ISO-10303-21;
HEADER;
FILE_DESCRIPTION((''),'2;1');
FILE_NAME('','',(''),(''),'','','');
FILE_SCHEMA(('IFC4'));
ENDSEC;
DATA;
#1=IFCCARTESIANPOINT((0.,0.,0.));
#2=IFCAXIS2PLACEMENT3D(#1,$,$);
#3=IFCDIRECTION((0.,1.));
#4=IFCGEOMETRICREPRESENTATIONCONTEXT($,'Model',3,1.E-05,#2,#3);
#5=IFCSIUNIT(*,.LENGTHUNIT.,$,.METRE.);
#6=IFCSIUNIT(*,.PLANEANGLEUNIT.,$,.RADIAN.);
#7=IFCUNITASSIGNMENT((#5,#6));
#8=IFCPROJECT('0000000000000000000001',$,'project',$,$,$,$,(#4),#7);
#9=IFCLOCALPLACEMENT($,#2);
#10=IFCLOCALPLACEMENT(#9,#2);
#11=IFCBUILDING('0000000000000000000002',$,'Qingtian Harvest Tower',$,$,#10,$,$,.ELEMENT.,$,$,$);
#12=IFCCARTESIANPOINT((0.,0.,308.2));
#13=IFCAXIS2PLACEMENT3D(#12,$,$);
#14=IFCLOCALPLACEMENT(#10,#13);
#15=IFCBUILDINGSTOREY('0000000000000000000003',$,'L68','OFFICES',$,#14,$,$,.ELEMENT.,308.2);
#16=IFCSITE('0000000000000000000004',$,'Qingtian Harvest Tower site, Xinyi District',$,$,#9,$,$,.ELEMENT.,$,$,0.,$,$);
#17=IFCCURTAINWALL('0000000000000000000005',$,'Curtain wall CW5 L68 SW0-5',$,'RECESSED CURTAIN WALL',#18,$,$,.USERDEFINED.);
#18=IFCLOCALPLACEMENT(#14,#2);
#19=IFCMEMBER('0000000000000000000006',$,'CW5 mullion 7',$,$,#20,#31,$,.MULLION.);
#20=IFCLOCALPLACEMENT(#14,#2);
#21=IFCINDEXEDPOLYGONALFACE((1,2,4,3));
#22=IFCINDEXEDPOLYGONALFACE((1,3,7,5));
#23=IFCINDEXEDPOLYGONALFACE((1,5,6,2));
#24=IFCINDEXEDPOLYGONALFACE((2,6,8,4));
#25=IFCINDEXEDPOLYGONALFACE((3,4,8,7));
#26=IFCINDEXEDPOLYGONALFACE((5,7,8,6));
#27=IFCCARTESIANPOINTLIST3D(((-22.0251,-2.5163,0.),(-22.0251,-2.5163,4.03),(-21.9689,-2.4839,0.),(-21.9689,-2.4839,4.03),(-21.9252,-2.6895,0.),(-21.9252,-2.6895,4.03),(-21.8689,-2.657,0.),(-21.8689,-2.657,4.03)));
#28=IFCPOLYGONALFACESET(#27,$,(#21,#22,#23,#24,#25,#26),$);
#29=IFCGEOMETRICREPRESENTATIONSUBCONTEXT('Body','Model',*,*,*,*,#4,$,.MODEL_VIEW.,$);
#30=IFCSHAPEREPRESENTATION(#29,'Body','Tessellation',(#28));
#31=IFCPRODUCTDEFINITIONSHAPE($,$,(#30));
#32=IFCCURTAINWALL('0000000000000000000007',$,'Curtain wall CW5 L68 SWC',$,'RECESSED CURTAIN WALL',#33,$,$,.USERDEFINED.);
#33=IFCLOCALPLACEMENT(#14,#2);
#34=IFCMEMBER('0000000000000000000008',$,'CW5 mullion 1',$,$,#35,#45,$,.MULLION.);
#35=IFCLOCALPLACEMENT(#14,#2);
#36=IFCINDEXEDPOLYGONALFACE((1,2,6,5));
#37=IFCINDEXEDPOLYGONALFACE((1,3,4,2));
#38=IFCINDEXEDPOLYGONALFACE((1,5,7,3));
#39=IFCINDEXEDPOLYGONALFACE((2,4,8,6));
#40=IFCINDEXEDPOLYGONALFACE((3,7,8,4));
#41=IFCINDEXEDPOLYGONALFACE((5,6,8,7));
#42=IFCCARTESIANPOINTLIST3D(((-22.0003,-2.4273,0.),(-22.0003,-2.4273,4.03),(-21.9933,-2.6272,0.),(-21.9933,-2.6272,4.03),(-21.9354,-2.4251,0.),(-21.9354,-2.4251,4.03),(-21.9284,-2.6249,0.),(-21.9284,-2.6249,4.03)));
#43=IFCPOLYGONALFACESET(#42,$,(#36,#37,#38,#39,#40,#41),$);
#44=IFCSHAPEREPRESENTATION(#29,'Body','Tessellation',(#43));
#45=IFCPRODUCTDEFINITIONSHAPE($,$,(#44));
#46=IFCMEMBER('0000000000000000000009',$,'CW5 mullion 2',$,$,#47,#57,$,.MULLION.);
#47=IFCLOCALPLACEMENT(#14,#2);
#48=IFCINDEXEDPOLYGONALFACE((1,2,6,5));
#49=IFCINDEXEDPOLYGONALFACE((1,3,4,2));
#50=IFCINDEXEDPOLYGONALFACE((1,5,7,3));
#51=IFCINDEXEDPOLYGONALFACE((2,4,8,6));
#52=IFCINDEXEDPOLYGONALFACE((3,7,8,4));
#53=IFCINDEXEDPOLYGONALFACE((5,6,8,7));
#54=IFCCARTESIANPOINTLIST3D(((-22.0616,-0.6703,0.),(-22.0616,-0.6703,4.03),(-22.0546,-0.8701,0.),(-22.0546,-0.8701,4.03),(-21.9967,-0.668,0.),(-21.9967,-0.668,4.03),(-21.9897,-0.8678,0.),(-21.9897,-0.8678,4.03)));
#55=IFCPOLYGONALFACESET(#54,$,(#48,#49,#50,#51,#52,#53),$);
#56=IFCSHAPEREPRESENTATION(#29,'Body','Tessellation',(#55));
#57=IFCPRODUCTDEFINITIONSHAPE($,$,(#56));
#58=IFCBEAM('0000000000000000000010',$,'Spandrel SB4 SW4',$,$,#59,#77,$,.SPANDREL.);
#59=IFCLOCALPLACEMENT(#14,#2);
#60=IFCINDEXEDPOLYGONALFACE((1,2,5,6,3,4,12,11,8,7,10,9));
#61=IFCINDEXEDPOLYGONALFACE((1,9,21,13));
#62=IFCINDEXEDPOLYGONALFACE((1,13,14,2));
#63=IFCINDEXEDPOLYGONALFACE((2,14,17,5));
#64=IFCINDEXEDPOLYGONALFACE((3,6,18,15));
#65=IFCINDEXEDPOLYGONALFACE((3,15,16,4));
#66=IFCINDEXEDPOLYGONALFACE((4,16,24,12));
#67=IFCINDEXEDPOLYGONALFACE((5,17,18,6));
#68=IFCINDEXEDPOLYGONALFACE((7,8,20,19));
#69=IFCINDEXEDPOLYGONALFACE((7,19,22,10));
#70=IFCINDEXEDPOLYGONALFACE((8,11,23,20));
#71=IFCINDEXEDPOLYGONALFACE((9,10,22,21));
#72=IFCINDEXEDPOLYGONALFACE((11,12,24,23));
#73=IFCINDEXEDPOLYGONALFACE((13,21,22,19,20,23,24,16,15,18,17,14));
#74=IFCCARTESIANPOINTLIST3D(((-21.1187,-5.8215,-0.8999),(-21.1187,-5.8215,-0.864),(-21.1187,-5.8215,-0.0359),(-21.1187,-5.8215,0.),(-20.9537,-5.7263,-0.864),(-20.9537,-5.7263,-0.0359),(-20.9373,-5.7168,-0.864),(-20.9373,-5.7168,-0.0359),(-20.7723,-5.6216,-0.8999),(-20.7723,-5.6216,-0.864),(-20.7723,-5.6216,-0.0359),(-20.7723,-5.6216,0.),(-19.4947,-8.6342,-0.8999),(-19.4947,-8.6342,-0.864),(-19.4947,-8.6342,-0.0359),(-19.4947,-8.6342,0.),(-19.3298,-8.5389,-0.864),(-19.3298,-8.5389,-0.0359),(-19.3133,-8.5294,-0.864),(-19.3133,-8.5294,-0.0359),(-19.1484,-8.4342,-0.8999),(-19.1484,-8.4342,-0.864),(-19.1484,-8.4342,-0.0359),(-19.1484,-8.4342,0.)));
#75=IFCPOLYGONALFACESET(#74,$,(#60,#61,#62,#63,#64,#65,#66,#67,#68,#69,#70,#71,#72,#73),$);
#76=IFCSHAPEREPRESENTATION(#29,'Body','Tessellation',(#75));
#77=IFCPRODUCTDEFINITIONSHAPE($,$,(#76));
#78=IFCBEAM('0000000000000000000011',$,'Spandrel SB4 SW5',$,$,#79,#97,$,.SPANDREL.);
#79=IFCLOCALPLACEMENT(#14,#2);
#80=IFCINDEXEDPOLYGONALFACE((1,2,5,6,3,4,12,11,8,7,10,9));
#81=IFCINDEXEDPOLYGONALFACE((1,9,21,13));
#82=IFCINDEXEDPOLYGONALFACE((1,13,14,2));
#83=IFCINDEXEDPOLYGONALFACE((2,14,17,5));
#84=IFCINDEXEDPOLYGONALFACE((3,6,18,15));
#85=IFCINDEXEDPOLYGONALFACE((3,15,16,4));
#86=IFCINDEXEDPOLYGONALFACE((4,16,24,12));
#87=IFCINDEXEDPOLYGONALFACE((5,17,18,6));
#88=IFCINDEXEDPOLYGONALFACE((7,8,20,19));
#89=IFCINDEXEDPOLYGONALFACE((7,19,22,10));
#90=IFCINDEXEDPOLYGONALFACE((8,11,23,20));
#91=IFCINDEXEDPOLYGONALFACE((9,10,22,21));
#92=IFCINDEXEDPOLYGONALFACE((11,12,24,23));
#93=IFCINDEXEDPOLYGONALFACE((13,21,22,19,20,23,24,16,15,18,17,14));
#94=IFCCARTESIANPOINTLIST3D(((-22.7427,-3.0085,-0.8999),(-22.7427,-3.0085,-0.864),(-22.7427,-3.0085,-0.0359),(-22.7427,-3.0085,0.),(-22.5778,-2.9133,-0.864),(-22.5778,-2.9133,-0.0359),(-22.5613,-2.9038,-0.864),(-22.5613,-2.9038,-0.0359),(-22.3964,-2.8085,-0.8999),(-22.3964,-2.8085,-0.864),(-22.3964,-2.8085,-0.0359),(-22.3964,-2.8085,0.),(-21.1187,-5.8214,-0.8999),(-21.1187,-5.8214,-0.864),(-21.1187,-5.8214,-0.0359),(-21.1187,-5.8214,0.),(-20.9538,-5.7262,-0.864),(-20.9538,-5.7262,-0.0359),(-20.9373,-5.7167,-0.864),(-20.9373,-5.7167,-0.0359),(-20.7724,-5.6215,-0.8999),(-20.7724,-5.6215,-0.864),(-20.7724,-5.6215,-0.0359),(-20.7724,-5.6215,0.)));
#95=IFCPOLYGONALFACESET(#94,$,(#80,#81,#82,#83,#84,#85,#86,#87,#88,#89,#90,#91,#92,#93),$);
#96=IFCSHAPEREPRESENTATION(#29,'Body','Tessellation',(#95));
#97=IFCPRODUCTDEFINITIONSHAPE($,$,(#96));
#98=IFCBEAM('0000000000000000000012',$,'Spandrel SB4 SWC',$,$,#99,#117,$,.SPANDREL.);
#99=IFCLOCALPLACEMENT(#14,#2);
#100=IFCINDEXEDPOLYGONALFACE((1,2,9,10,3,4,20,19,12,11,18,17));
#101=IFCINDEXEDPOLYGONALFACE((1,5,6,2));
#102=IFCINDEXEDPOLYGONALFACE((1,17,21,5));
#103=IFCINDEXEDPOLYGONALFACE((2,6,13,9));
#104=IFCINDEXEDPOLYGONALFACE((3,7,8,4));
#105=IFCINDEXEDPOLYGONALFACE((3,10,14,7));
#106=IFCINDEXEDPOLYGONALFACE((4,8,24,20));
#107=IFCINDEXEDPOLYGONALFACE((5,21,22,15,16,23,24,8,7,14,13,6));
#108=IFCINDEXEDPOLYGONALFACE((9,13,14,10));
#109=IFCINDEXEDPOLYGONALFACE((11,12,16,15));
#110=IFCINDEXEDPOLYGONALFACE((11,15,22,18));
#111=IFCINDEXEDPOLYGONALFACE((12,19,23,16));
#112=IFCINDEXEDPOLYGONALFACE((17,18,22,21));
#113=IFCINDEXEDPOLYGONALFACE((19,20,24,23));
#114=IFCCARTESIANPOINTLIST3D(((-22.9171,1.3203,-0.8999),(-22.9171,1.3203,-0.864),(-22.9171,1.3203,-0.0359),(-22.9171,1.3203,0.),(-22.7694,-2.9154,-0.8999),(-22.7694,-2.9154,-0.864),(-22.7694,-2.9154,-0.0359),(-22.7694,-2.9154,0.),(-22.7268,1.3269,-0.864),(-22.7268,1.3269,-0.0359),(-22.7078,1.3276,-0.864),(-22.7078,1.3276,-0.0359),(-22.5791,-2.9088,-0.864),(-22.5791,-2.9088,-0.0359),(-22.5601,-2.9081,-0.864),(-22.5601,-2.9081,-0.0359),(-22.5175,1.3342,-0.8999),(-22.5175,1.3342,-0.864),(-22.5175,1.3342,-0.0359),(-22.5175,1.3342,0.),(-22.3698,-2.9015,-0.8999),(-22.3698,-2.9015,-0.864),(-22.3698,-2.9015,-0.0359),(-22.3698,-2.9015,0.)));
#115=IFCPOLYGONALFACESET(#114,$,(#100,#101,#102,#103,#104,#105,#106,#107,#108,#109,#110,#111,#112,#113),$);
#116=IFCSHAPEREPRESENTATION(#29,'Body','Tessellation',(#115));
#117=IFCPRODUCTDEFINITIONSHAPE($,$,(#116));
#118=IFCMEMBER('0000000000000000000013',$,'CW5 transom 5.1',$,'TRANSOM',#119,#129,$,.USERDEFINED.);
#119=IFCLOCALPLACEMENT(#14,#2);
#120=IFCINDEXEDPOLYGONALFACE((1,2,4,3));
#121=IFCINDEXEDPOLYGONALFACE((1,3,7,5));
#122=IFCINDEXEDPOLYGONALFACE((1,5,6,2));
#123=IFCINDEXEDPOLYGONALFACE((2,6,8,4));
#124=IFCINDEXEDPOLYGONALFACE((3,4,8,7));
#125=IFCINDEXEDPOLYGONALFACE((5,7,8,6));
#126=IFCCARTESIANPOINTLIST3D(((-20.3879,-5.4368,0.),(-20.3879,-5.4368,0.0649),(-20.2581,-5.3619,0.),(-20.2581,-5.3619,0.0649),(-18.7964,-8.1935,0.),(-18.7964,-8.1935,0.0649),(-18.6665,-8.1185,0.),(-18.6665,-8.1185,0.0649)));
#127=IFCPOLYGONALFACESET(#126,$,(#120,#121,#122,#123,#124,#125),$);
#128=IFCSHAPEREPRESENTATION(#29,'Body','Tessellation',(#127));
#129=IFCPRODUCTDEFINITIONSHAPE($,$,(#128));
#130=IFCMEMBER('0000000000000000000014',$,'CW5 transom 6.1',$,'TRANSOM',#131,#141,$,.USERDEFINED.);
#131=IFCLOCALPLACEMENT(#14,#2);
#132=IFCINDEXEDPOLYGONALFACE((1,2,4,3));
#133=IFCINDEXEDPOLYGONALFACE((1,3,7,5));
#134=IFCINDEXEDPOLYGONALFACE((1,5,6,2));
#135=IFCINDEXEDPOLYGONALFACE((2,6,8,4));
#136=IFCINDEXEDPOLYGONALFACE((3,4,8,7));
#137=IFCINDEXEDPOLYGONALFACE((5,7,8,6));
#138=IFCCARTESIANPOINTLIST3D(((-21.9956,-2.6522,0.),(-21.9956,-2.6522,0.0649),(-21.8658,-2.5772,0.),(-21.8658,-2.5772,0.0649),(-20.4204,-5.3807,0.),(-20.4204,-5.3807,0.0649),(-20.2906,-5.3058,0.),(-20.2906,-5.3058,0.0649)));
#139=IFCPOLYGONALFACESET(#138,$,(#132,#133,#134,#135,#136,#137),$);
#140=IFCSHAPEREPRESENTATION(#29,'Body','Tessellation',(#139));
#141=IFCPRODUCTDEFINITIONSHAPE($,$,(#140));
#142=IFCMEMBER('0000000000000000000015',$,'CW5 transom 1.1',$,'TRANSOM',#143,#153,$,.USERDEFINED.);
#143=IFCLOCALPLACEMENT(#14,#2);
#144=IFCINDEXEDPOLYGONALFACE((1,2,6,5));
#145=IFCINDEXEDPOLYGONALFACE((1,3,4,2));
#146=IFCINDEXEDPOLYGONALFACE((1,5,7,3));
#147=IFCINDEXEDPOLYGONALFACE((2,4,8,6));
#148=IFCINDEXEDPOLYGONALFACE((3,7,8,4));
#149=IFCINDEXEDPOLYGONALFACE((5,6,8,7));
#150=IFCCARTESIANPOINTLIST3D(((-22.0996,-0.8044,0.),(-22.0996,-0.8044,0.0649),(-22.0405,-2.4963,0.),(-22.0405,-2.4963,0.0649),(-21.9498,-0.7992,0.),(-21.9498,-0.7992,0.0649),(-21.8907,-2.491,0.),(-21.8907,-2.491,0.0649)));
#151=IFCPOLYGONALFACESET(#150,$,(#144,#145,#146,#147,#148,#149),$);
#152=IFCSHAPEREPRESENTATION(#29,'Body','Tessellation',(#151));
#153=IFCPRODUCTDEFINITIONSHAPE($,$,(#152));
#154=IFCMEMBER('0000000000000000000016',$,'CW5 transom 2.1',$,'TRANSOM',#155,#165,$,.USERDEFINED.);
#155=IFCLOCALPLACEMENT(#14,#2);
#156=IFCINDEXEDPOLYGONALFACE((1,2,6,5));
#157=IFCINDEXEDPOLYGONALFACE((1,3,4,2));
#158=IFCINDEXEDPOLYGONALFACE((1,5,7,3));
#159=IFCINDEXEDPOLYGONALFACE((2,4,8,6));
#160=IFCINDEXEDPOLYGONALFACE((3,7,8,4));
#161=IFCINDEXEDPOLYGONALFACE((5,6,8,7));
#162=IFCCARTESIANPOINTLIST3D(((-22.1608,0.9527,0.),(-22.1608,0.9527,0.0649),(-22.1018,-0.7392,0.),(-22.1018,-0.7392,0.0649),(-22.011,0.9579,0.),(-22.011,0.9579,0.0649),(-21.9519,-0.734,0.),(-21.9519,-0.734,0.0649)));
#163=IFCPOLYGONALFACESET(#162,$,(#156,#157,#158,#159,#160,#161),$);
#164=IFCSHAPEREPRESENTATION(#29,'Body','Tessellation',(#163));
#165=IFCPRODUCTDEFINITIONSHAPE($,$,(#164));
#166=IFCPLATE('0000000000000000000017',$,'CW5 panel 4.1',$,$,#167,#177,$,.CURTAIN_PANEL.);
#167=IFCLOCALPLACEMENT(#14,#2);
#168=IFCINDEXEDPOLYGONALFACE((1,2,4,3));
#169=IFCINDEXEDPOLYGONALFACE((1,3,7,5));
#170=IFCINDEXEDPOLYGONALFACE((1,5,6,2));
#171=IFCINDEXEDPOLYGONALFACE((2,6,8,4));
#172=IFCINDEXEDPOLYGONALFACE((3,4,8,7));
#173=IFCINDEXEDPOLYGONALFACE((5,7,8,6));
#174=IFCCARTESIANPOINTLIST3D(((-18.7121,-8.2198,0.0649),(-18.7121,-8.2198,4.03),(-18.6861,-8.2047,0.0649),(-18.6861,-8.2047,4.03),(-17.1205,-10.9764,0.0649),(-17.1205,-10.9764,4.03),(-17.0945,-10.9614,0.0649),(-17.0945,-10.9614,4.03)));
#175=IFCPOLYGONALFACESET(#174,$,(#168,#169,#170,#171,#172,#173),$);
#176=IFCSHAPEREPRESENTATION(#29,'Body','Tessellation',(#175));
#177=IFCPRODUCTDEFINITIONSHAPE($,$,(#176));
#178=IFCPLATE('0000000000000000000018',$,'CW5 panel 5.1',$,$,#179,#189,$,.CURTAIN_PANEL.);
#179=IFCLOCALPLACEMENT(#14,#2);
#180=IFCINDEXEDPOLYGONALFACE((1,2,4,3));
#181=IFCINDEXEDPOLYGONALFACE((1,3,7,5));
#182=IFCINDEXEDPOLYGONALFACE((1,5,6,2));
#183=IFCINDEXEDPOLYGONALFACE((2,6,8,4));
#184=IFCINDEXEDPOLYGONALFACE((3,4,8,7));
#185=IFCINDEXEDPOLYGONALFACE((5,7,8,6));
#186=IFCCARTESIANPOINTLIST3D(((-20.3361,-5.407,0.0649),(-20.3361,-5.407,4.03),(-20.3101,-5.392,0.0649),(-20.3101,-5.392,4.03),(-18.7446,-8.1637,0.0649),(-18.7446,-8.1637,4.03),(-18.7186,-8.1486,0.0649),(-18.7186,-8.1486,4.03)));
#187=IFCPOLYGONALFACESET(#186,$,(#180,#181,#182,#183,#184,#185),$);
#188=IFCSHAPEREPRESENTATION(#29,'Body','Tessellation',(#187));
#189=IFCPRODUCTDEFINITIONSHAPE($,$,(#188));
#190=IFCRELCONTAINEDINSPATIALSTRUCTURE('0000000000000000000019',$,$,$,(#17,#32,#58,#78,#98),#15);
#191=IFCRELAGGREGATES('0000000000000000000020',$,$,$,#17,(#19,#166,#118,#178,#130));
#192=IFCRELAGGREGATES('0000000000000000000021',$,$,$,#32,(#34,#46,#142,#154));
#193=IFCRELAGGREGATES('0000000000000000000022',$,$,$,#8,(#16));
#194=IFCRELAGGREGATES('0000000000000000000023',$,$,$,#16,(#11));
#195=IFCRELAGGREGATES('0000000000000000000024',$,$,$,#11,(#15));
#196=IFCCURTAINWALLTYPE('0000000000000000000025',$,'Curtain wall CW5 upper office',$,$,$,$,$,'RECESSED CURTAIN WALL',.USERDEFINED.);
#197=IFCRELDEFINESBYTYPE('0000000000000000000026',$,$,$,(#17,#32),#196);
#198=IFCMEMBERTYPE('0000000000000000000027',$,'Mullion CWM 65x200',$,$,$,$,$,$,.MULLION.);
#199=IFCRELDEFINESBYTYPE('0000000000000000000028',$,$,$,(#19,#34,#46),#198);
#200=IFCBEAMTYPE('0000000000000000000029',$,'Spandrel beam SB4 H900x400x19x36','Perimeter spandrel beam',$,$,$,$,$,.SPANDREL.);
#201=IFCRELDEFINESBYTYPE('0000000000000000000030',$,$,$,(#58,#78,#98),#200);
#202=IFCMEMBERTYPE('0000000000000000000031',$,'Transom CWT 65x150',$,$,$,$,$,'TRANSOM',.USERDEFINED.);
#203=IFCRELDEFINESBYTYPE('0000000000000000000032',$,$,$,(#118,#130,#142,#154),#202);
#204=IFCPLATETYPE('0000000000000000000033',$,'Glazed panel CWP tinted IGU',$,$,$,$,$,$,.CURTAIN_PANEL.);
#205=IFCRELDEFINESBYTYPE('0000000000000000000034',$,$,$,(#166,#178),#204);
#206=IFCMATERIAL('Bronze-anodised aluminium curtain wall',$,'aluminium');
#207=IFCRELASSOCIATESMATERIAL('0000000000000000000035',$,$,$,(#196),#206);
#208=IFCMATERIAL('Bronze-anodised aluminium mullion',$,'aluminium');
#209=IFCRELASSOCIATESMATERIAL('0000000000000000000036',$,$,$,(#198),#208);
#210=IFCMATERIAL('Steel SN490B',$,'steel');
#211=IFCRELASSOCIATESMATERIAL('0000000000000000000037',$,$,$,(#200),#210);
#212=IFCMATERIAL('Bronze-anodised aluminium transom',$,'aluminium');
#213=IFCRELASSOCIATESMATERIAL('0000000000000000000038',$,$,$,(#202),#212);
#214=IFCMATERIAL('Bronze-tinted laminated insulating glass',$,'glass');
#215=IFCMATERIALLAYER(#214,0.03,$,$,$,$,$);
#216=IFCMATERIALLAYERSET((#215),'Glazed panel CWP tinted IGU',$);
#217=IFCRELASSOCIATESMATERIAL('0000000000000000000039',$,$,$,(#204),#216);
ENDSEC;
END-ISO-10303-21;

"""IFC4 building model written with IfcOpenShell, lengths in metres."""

from ifc_helpers import new_model, si_unit, direction, frame, origin, origin_2d, place, context, subcontext, project, spatial, rectangle, i_section, extrude, material, layer, layer_set, material_profile, profile_set, type_object, element, aggregate, save


model = new_model("IFC4")

# Units and contexts
model_context = context("Model", 3, precision=1e-05, world=origin(), true_north=direction((0.0, 1.0)))
body_context = subcontext(model_context, "Body", "Model", "MODEL_VIEW")
ifc_project = project(units=[si_unit("LENGTHUNIT", "METRE"), si_unit("PLANEANGLEUNIT", "RADIAN")], contexts=[model_context])

# Site, building, storey
site_placement = place(None, origin())
site = spatial("IfcSite", under=ifc_project, at=site_placement, Name="Qingtian Harvest Tower site, Xinyi District", CompositionType="ELEMENT", RefElevation=0.0)
building_placement = place(site_placement, origin())
building = spatial("IfcBuilding", under=site, at=building_placement, Name="Qingtian Harvest Tower", CompositionType="ELEMENT")
storey_placement = place(building_placement, frame((0.0, 0.0, 308.2)))
storey = spatial("IfcBuildingStorey", under=building, at=storey_placement, Name="L68", Description="OFFICES", CompositionType="ELEMENT", Elevation=308.2)

# Curtain walls, members
ifc_material_1 = material(Name="Bronze-anodised aluminium curtain wall", Category="aluminium")
curtain_wall_type = type_object("IfcCurtainWallType", Name="Curtain wall CW5 upper office", ElementType="RECESSED CURTAIN WALL", PredefinedType="USERDEFINED", material=ifc_material_1)
curtain_wall_1_placement = place(storey_placement, origin())
curtain_wall_1 = element("IfcCurtainWall", 1, at=curtain_wall_1_placement, inside=storey, type_object=curtain_wall_type, Name="Curtain wall CW5 L68 SW0-5", ObjectType="RECESSED CURTAIN WALL", PredefinedType="USERDEFINED")
ifc_material_2 = material(Name="Bronze-anodised aluminium mullion", Category="aluminium")
ifc_material_profile_1 = material_profile(ifc_material_2, rectangle(XDim=0.0649, YDim=0.2, at=origin_2d()), Name="AL 65x200")
ifc_profile_set_1 = profile_set([ifc_material_profile_1], Name="Bronze-anodised aluminium mullion")
member_type_1 = type_object("IfcMemberType", Name="Mullion CWM 65x200", PredefinedType="MULLION", material=ifc_profile_set_1)
member_1_placement = place(storey_placement, frame((-21.947, -2.5867, 0.0), z_axis=(0.0, 0.0, 1.0), x_axis=(-0.866025, -0.5, 0.0)))
member_1 = element("IfcMember", 2, at=member_1_placement, type_object=member_type_1, Name="CW5 mullion 7", PredefinedType="MULLION", context=body_context, shape_type="SweptSolid", body=[
    extrude(rectangle(XDim=0.0649, YDim=0.2, at=origin_2d()), origin(), (0.0, 0.0, 1.0), 4.03),
])
curtain_wall_2_placement = place(storey_placement, origin())
curtain_wall_2 = element("IfcCurtainWall", 3, at=curtain_wall_2_placement, inside=storey, type_object=curtain_wall_type, Name="Curtain wall CW5 L68 SWC", ObjectType="RECESSED CURTAIN WALL", PredefinedType="USERDEFINED")
member_2_placement = place(storey_placement, frame((-21.9644, -2.5261, 0.0), z_axis=(0.0, 0.0, 1.0), x_axis=(-0.999391, -0.034899, 0.0)))
member_2 = element("IfcMember", 4, at=member_2_placement, type_object=member_type_1, Name="CW5 mullion 1", PredefinedType="MULLION", context=body_context, shape_type="SweptSolid", body=[
    extrude(rectangle(XDim=0.0649, YDim=0.2, at=origin_2d()), origin(), (0.0, 0.0, 1.0), 4.03),
])
member_3_placement = place(storey_placement, frame((-22.0256, -0.769, 0.0), z_axis=(0.0, 0.0, 1.0), x_axis=(-0.999391, -0.034899, 0.0)))
member_3 = element("IfcMember", 5, at=member_3_placement, type_object=member_type_1, Name="CW5 mullion 2", PredefinedType="MULLION", context=body_context, shape_type="SweptSolid", body=[
    extrude(rectangle(XDim=0.0649, YDim=0.2, at=origin_2d()), origin(), (0.0, 0.0, 1.0), 4.03),
])

# Beams
ifc_material_3 = material(Name="Steel SN490B", Category="steel")
ifc_material_profile_2 = material_profile(ifc_material_3, i_section(OverallWidth=0.3999, OverallDepth=0.8999, WebThickness=0.019, FlangeThickness=0.0359, at=origin_2d()), Name="H900x400x19x36")
ifc_profile_set_2 = profile_set([ifc_material_profile_2], Name="Steel SN490B")
beam_type_1 = type_object("IfcBeamType", Name="Spandrel beam SB4 H900x400x19x36", Description="Perimeter spandrel beam", PredefinedType="SPANDREL", material=ifc_profile_set_2)
beam_1_placement = place(storey_placement, frame((-19.3215, -8.5342, -0.45), z_axis=(-0.50002, 0.866014, 0.0), x_axis=(-0.866014, -0.50002, 0.0)))
element("IfcBeam", 6, at=beam_1_placement, inside=storey, type_object=beam_type_1, Name="Spandrel SB4 SW4", PredefinedType="SPANDREL", context=body_context, shape_type="SweptSolid", body=[
    extrude(i_section(OverallWidth=0.3999, OverallDepth=0.8999, WebThickness=0.019, FlangeThickness=0.0359, at=origin_2d()), origin(), (0.0, 0.0, 1.0), 3.2478),
])
beam_2_placement = place(storey_placement, frame((-20.9456, -5.7214, -0.45), z_axis=(-0.499987, 0.866033, 0.0), x_axis=(-0.866033, -0.499987, 0.0)))
element("IfcBeam", 7, at=beam_2_placement, inside=storey, type_object=beam_type_1, Name="Spandrel SB4 SW5", PredefinedType="SPANDREL", context=body_context, shape_type="SweptSolid", body=[
    extrude(i_section(OverallWidth=0.3999, OverallDepth=0.8999, WebThickness=0.019, FlangeThickness=0.0359, at=origin_2d()), origin(), (0.0, 0.0, 1.0), 3.248),
])
beam_3_placement = place(storey_placement, frame((-22.5696, -2.9084, -0.45), z_axis=(-0.034851, 0.999393, 0.0), x_axis=(-0.999393, -0.034851, 0.0)))
element("IfcBeam", 8, at=beam_3_placement, inside=storey, type_object=beam_type_1, Name="Spandrel SB4 SWC", PredefinedType="SPANDREL", context=body_context, shape_type="SweptSolid", body=[
    extrude(i_section(OverallWidth=0.3999, OverallDepth=0.8999, WebThickness=0.019, FlangeThickness=0.0359, at=origin_2d()), origin(), (0.0, 0.0, 1.0), 4.2383),
])

# Members
ifc_material_4 = material(Name="Bronze-anodised aluminium transom", Category="aluminium")
ifc_material_profile_3 = material_profile(ifc_material_4, rectangle(XDim=0.1499, YDim=0.0649, at=origin_2d()), Name="AL 65x150")
ifc_profile_set_3 = profile_set([ifc_material_profile_3], Name="Bronze-anodised aluminium transom")
member_type_2 = type_object("IfcMemberType", Name="Transom CWT 65x150", ElementType="TRANSOM", PredefinedType="USERDEFINED", material=ifc_profile_set_3)
member_4_placement = place(storey_placement, frame((-18.7314, -8.156, 0.0325), z_axis=(-0.500008, 0.866021, 0.0), x_axis=(-0.866021, -0.500008, 0.0)))
member_4 = element("IfcMember", 9, at=member_4_placement, type_object=member_type_2, Name="CW5 transom 5.1", ObjectType="TRANSOM", PredefinedType="USERDEFINED", context=body_context, shape_type="SweptSolid", body=[
    extrude(rectangle(XDim=0.1499, YDim=0.0649, at=origin_2d()), origin(), (0.0, 0.0, 1.0), 3.1831),
])
member_5_placement = place(storey_placement, frame((-20.3555, -5.3433, 0.0325), z_axis=(-0.499973, 0.866041, 0.0), x_axis=(-0.866041, -0.499973, 0.0)))
member_5 = element("IfcMember", 10, at=member_5_placement, type_object=member_type_2, Name="CW5 transom 6.1", ObjectType="TRANSOM", PredefinedType="USERDEFINED", context=body_context, shape_type="SweptSolid", body=[
    extrude(rectangle(XDim=0.1499, YDim=0.0649, at=origin_2d()), origin(), (0.0, 0.0, 1.0), 3.1506),
])
member_6_placement = place(storey_placement, frame((-21.9656, -2.4937, 0.0325), z_axis=(-0.034899, 0.999391, 0.0), x_axis=(-0.999391, -0.034899, 0.0)))
member_6 = element("IfcMember", 11, at=member_6_placement, type_object=member_type_2, Name="CW5 transom 1.1", ObjectType="TRANSOM", PredefinedType="USERDEFINED", context=body_context, shape_type="SweptSolid", body=[
    extrude(rectangle(XDim=0.1499, YDim=0.0649, at=origin_2d()), origin(), (0.0, 0.0, 1.0), 1.6929),
])
member_7_placement = place(storey_placement, frame((-22.0269, -0.7366, 0.0325), z_axis=(-0.034899, 0.999391, 0.0), x_axis=(-0.999391, -0.034899, 0.0)))
member_7 = element("IfcMember", 12, at=member_7_placement, type_object=member_type_2, Name="CW5 transom 2.1", ObjectType="TRANSOM", PredefinedType="USERDEFINED", context=body_context, shape_type="SweptSolid", body=[
    extrude(rectangle(XDim=0.1499, YDim=0.0649, at=origin_2d()), origin(), (0.0, 0.0, 1.0), 1.6929),
])

# Plates
ifc_material_5 = material(Name="Bronze-tinted laminated insulating glass", Category="glass")
ifc_layer_1 = layer(ifc_material_5, 0.03)
ifc_layer_set_1 = layer_set([ifc_layer_1], Name="Glazed panel CWP tinted IGU")
plate_type = type_object("IfcPlateType", Name="Glazed panel CWP tinted IGU", PredefinedType="CURTAIN_PANEL", material=ifc_layer_set_1)
plate_1_placement = place(storey_placement, frame((-17.9033, -9.5906, 0.0649), z_axis=(0.0, 0.0, 1.0), x_axis=(-0.5, 0.866025, 0.0)))
plate_1 = element("IfcPlate", 13, at=plate_1_placement, type_object=plate_type, Name="CW5 panel 4.1", PredefinedType="CURTAIN_PANEL", context=body_context, shape_type="SweptSolid", body=[
    extrude(rectangle(XDim=3.1831, YDim=0.03, at=origin_2d()), origin(), (0.0, 0.0, 1.0), 3.9651),
])
plate_2_placement = place(storey_placement, frame((-19.5273, -6.7778, 0.0649), z_axis=(0.0, 0.0, 1.0), x_axis=(-0.5, 0.866025, 0.0)))
plate_2 = element("IfcPlate", 14, at=plate_2_placement, type_object=plate_type, Name="CW5 panel 5.1", PredefinedType="CURTAIN_PANEL", context=body_context, shape_type="SweptSolid", body=[
    extrude(rectangle(XDim=3.1831, YDim=0.03, at=origin_2d()), origin(), (0.0, 0.0, 1.0), 3.9651),
])
aggregate(curtain_wall_1, [member_1, plate_1, member_4, plate_2, member_5])
aggregate(curtain_wall_2, [member_2, member_3, member_6, member_7])

save(model, "model.ifc")
